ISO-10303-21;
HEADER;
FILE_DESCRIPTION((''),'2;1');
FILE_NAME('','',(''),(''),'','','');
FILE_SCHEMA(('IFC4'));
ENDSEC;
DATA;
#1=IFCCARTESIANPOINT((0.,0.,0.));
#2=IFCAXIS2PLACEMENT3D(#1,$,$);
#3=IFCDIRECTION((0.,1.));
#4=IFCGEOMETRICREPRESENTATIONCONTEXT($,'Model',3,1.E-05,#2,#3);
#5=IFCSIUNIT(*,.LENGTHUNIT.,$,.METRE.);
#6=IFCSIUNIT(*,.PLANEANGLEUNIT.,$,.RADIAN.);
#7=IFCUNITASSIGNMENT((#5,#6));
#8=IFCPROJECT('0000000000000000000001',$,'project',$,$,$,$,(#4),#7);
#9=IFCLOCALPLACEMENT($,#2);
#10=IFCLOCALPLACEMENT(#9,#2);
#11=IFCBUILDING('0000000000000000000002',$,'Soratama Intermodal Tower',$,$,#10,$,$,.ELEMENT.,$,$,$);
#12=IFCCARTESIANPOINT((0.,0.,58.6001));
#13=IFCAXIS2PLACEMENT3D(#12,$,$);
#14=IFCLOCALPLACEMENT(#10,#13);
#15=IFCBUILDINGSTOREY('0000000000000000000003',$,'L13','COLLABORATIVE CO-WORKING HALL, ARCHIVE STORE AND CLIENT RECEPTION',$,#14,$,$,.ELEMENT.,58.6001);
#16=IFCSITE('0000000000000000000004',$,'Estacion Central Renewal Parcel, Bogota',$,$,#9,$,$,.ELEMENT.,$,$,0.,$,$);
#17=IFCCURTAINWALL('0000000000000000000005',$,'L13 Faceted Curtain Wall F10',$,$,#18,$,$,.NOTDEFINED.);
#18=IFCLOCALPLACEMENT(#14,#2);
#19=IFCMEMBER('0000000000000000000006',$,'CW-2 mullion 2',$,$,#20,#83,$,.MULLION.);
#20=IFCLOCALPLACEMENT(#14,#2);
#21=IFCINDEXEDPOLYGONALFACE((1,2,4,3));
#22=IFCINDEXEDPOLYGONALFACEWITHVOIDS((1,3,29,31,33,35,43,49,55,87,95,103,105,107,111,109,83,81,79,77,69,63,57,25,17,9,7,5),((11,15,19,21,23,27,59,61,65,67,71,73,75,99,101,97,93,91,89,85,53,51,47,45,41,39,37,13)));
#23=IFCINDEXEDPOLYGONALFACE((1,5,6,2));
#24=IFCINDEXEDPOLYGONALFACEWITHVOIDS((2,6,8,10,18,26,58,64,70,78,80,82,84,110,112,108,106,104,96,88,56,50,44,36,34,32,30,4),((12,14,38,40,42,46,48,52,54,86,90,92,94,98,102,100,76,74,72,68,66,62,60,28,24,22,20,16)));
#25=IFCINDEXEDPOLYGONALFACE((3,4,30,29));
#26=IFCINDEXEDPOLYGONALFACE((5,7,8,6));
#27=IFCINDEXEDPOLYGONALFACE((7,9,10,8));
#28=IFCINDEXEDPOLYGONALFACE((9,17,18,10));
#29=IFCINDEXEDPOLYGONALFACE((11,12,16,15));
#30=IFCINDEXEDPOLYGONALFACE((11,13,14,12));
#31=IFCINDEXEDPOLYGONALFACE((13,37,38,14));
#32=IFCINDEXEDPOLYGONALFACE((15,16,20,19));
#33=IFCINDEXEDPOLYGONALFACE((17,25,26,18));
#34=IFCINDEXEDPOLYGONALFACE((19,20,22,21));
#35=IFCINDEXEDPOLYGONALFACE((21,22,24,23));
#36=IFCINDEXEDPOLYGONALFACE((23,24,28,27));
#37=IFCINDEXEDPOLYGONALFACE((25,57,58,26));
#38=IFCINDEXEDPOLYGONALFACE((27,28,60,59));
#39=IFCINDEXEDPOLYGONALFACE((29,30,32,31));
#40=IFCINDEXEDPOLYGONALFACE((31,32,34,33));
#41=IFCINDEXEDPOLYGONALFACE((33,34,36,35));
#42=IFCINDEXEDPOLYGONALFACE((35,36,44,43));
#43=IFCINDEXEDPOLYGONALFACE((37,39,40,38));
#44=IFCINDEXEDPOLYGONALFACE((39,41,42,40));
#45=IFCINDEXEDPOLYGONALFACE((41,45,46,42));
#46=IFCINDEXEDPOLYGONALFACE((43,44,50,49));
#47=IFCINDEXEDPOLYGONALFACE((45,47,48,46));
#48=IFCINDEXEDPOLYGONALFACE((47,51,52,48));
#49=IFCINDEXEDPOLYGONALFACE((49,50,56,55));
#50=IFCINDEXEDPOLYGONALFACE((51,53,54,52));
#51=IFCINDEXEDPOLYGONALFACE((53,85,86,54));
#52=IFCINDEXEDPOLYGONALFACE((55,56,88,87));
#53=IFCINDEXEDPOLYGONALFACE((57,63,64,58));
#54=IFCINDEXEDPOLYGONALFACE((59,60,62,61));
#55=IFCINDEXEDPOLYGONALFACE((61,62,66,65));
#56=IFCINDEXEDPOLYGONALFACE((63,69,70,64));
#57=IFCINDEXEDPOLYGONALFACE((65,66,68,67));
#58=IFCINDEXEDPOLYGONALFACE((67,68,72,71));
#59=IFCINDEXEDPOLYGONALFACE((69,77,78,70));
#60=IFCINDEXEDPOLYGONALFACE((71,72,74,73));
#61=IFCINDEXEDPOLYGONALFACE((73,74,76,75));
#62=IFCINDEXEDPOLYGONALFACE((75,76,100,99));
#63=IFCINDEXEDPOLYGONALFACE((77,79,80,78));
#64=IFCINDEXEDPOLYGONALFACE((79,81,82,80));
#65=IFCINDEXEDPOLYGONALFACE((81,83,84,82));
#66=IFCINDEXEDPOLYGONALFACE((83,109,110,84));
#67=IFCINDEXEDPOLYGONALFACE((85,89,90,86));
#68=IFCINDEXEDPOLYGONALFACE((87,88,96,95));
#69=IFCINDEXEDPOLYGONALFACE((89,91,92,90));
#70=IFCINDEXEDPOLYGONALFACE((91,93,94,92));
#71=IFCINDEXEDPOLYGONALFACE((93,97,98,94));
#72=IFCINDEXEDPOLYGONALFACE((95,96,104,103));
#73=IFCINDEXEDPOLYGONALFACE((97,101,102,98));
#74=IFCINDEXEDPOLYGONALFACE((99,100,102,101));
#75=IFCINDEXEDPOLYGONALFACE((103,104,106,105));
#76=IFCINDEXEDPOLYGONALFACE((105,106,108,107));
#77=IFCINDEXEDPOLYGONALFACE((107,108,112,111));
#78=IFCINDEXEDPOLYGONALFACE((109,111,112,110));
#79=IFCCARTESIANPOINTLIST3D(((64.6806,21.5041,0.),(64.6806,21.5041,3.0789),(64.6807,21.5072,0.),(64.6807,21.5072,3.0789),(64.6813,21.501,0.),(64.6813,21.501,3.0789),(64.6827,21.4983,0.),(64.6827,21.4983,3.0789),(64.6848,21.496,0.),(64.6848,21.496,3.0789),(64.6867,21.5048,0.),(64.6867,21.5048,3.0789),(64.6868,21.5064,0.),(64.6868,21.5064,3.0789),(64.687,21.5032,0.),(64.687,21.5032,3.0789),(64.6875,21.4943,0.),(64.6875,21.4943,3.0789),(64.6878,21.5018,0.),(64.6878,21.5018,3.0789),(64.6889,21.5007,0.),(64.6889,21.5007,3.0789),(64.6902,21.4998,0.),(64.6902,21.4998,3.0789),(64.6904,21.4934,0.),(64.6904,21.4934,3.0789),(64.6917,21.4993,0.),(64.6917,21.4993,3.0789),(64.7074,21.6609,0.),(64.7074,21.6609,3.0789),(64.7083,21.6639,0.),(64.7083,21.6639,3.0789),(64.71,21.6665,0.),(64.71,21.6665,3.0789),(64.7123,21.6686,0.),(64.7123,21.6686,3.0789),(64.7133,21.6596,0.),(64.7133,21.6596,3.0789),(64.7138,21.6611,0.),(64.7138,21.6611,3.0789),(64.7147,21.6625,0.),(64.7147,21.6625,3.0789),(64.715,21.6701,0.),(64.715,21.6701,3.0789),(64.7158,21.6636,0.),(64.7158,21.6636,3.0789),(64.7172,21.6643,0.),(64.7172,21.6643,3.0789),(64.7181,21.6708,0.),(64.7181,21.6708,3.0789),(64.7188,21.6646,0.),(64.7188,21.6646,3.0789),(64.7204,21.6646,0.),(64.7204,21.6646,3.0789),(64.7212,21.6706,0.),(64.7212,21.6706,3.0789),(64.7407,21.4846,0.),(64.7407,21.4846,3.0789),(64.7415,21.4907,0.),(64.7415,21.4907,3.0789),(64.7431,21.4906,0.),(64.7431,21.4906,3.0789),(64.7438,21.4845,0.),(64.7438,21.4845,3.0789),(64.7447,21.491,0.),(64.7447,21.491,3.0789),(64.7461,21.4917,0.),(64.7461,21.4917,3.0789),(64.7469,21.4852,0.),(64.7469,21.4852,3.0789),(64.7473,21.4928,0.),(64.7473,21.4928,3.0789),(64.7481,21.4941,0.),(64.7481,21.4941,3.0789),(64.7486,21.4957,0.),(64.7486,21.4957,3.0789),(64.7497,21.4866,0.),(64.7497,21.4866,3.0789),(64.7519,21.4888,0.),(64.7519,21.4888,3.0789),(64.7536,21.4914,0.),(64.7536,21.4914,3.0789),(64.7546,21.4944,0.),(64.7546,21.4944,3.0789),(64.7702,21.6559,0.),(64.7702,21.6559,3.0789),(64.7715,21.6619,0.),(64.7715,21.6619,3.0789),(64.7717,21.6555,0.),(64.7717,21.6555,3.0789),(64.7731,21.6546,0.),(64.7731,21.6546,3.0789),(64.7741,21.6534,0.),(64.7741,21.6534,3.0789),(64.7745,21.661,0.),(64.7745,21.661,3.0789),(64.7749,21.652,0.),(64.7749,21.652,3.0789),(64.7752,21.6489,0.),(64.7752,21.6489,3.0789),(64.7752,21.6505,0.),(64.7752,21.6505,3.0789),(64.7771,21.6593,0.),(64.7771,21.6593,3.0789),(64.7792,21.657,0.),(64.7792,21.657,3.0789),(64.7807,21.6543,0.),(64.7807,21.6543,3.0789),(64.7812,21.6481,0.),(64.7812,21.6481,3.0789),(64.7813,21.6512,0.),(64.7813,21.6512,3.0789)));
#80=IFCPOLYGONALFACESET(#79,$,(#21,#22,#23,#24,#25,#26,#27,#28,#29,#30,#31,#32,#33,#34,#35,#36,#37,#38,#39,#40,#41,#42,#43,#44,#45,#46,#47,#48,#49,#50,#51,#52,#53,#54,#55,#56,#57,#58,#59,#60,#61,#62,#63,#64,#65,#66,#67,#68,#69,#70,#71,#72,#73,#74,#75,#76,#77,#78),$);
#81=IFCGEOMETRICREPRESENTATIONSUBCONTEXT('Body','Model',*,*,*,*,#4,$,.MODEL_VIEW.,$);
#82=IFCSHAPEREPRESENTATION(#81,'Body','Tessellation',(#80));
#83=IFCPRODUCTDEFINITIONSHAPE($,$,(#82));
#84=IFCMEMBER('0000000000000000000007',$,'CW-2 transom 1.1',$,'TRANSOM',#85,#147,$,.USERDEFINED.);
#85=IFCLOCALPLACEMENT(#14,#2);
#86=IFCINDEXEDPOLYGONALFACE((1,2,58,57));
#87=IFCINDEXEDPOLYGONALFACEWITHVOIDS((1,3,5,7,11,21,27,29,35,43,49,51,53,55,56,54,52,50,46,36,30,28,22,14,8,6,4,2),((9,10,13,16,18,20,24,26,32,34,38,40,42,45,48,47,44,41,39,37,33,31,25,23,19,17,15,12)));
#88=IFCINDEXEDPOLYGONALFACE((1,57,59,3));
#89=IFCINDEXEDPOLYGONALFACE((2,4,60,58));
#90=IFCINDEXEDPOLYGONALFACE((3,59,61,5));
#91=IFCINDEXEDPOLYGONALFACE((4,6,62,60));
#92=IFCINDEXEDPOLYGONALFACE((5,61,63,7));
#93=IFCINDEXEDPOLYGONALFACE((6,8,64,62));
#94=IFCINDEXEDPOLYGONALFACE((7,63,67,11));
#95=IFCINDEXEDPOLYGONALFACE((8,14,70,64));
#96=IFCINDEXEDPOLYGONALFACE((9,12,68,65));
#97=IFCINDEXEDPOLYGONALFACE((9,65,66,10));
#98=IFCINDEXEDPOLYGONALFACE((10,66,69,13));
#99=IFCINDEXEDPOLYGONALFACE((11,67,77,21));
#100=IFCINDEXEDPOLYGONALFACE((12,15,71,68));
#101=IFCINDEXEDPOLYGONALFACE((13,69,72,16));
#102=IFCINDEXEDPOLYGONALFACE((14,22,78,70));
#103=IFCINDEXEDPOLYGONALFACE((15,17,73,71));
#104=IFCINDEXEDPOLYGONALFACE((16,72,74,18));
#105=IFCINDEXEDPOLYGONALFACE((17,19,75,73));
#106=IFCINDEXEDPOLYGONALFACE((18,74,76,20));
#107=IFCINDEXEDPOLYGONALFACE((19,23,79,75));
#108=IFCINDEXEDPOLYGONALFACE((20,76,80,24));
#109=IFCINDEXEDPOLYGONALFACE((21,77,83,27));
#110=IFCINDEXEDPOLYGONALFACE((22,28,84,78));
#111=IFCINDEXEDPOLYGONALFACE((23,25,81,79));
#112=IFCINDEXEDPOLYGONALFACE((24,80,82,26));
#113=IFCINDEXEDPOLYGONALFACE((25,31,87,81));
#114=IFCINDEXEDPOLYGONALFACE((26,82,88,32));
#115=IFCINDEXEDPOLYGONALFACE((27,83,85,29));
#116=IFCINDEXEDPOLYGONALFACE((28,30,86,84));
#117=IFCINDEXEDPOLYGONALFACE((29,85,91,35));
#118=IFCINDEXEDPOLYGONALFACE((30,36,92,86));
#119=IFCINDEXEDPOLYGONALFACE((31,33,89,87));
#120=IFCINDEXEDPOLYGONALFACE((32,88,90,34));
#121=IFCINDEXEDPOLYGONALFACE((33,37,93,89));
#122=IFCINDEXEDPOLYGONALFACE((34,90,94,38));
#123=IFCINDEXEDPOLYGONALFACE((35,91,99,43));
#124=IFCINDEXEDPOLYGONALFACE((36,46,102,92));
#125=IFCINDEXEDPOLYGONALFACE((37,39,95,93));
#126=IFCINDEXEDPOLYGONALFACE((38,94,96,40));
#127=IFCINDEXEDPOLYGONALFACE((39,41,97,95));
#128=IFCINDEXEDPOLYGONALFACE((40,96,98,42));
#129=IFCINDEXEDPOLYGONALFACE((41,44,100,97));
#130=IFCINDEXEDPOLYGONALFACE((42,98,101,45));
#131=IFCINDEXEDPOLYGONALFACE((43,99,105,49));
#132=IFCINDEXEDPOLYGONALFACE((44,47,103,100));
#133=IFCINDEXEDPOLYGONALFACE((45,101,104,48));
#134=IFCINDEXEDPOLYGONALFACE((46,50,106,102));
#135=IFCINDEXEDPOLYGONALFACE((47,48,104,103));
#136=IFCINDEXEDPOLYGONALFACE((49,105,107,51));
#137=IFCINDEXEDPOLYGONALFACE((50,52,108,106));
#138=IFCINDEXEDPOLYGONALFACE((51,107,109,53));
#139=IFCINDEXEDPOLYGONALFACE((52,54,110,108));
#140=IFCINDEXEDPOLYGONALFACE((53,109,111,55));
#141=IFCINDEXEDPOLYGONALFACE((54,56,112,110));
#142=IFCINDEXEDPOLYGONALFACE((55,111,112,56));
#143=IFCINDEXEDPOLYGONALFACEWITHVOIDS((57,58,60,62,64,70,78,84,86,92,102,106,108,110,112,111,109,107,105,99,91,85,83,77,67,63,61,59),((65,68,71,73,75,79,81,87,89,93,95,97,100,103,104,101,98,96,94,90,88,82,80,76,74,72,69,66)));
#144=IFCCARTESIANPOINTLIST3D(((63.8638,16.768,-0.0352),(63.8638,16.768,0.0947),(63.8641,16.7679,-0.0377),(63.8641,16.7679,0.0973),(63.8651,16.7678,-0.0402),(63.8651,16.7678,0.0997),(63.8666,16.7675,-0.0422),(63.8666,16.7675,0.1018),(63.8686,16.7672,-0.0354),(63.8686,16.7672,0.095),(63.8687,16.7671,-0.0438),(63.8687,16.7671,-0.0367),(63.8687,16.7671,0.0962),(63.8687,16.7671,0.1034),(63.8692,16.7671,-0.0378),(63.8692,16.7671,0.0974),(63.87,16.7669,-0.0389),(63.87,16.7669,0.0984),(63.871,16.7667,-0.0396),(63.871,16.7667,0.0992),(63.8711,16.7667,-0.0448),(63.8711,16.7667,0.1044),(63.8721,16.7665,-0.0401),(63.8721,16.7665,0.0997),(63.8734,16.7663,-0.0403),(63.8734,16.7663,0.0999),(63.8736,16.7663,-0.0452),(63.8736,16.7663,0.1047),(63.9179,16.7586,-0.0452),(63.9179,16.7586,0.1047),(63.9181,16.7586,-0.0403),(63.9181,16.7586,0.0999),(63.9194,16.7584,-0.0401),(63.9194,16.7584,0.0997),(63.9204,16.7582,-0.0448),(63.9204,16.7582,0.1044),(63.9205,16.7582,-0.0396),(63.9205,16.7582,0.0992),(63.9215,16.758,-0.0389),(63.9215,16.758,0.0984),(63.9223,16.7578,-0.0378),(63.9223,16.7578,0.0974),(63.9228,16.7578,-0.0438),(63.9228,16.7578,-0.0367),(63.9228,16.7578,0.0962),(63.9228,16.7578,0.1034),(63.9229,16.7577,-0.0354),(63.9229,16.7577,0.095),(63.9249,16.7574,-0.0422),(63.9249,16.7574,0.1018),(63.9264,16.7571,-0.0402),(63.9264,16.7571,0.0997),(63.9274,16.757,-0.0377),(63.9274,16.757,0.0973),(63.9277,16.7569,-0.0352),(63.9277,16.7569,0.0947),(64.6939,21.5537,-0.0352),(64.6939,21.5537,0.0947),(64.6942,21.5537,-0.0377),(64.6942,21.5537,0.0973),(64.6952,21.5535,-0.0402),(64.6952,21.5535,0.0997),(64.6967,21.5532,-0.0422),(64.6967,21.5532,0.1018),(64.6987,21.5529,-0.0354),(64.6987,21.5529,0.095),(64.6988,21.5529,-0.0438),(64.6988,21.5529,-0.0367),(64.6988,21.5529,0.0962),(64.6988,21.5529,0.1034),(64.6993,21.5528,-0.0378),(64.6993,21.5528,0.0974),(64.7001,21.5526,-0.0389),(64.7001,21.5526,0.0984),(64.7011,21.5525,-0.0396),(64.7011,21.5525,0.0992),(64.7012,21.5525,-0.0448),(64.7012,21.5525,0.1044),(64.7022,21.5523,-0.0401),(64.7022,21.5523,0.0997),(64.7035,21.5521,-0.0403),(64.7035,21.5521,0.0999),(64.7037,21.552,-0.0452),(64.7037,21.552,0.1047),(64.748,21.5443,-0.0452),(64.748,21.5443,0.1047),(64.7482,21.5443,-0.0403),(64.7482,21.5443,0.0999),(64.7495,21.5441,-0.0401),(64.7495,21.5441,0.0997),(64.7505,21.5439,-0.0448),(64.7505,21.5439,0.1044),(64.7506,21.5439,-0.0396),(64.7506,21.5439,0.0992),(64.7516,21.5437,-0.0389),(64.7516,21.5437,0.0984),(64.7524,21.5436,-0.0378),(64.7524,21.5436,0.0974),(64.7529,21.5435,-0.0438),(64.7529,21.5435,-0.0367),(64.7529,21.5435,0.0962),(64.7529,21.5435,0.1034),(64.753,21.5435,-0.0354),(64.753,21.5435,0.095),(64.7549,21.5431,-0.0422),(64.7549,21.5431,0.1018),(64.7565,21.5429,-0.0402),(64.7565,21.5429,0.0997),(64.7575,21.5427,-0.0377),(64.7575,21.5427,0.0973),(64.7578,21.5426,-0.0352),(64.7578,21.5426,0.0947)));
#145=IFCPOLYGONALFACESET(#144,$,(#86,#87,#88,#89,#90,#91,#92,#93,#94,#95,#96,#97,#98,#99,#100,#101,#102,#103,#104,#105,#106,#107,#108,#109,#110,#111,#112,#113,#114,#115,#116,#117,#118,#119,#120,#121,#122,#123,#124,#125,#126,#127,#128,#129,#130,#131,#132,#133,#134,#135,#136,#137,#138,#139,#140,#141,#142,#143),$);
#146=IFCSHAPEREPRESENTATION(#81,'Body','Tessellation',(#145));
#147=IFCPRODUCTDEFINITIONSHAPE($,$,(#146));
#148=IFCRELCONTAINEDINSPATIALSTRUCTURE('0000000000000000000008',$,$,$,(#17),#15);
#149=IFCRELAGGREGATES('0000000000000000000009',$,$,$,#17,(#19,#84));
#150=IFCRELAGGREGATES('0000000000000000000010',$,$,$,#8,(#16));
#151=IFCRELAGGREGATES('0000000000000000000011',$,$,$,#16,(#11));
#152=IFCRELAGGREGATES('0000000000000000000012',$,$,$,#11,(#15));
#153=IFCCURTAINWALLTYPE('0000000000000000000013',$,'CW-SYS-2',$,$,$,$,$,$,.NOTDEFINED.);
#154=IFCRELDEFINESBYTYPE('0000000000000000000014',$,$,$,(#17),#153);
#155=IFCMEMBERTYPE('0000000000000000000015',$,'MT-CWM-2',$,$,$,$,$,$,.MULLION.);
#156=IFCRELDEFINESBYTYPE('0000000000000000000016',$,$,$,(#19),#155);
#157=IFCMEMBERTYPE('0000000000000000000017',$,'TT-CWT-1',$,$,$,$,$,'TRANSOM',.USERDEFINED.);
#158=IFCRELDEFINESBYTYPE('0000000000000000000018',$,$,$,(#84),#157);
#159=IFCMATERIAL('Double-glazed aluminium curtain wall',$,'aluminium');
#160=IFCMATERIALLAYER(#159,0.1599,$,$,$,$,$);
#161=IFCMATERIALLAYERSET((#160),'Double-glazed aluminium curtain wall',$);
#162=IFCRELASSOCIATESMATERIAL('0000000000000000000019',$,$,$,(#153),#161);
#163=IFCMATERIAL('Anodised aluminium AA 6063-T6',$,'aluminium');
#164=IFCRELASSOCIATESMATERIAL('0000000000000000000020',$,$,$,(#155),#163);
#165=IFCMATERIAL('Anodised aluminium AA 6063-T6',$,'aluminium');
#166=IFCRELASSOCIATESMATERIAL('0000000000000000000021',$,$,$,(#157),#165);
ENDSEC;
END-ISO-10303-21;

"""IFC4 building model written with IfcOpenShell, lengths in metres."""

from ifc_helpers import new_model, si_unit, direction, frame, origin, origin_2d, place, context, subcontext, project, spatial, hollow_rectangle, extrude, material, layer, layer_set, material_profile, profile_set, type_object, element, aggregate, save


model = new_model("IFC4")

# Units and contexts
model_context = context("Model", 3, precision=1e-05, world=origin(), true_north=direction((0.0, 1.0)))
body_context = subcontext(model_context, "Body", "Model", "MODEL_VIEW")
ifc_project = project(units=[si_unit("LENGTHUNIT", "METRE"), si_unit("PLANEANGLEUNIT", "RADIAN")], contexts=[model_context])

# Site, building, storey
site_placement = place(None, origin())
site = spatial("IfcSite", under=ifc_project, at=site_placement, Name="Estacion Central Renewal Parcel, Bogota", CompositionType="ELEMENT", RefElevation=0.0)
building_placement = place(site_placement, origin())
building = spatial("IfcBuilding", under=site, at=building_placement, Name="Soratama Intermodal Tower", CompositionType="ELEMENT")
storey_placement = place(building_placement, frame((0.0, 0.0, 58.6001)))
storey = spatial("IfcBuildingStorey", under=building, at=storey_placement, Name="L13", Description="COLLABORATIVE CO-WORKING HALL, ARCHIVE STORE AND CLIENT RECEPTION", CompositionType="ELEMENT", Elevation=58.6001)

# Shared definitions
ifc_material_1 = material(Name="Double-glazed aluminium curtain wall", Category="aluminium")
ifc_layer_1 = layer(ifc_material_1, 0.1599)
ifc_layer_set_1 = layer_set([ifc_layer_1], Name="Double-glazed aluminium curtain wall")
curtain_wall_type = type_object("IfcCurtainWallType", Name="CW-SYS-2", PredefinedType="NOTDEFINED", material=ifc_layer_set_1)
ifc_material_2 = material(Name="Anodised aluminium AA 6063-T6", Category="aluminium")
ifc_material_profile_1 = material_profile(ifc_material_2, hollow_rectangle(XDim=0.075, YDim=0.1799, WallThickness=0.0061, InnerFilletRadius=0.0061, OuterFilletRadius=0.012, at=origin_2d()), Name="CWM180X75X6")
ifc_profile_set_1 = profile_set([ifc_material_profile_1], Name="Anodised aluminium AA 6063-T6")
member_type_1 = type_object("IfcMemberType", Name="MT-CWM-2", PredefinedType="MULLION", material=ifc_profile_set_1)

# Curtain wall, members
curtain_wall_1_placement = place(storey_placement, origin())
curtain_wall_1 = element("IfcCurtainWall", 1, at=curtain_wall_1_placement, inside=storey, type_object=curtain_wall_type, Name="L13 Faceted Curtain Wall F10", PredefinedType="NOTDEFINED")
member_1_placement = place(storey_placement, frame((64.731, 21.5776, 0.0), z_axis=(0.0, 0.0, 1.0), x_axis=(-0.985289, 0.170899, 0.0)))
member_1 = element("IfcMember", 2, at=member_1_placement, type_object=member_type_1, Name="CW-2 mullion 2", PredefinedType="MULLION", context=body_context, shape_type="SweptSolid", body=[
    extrude(hollow_rectangle(XDim=0.075, YDim=0.1799, WallThickness=0.0061, InnerFilletRadius=0.0061, OuterFilletRadius=0.012, at=origin_2d()), origin(), (0.0, 0.0, 1.0), 3.0789),
])
ifc_material_3 = material(Name="Anodised aluminium AA 6063-T6", Category="aluminium")
ifc_material_profile_2 = material_profile(ifc_material_3, hollow_rectangle(XDim=0.0649, YDim=0.1499, WallThickness=0.0049, InnerFilletRadius=0.0049, OuterFilletRadius=0.01, at=origin_2d()), Name="CWT150X65X5")
ifc_profile_set_2 = profile_set([ifc_material_profile_2], Name="Anodised aluminium AA 6063-T6")
member_type_2 = type_object("IfcMemberType", Name="TT-CWT-1", ElementType="TRANSOM", PredefinedType="USERDEFINED", material=ifc_profile_set_2)
member_2_placement = place(storey_placement, frame((63.8958, 16.7625, 0.0298), z_axis=(0.1709, 0.985288, 0.0), x_axis=(-0.985288, 0.1709, 0.0)))
member_2 = element("IfcMember", 3, at=member_2_placement, type_object=member_type_2, Name="CW-2 transom 1.1", ObjectType="TRANSOM", PredefinedType="USERDEFINED", context=body_context, shape_type="SweptSolid", body=[
    extrude(hollow_rectangle(XDim=0.0649, YDim=0.1499, WallThickness=0.0049, InnerFilletRadius=0.0049, OuterFilletRadius=0.01, at=origin_2d()), origin(), (0.0, 0.0, 1.0), 4.8572),
])
aggregate(curtain_wall_1, [member_1, member_2])

save(model, "model.ifc")
